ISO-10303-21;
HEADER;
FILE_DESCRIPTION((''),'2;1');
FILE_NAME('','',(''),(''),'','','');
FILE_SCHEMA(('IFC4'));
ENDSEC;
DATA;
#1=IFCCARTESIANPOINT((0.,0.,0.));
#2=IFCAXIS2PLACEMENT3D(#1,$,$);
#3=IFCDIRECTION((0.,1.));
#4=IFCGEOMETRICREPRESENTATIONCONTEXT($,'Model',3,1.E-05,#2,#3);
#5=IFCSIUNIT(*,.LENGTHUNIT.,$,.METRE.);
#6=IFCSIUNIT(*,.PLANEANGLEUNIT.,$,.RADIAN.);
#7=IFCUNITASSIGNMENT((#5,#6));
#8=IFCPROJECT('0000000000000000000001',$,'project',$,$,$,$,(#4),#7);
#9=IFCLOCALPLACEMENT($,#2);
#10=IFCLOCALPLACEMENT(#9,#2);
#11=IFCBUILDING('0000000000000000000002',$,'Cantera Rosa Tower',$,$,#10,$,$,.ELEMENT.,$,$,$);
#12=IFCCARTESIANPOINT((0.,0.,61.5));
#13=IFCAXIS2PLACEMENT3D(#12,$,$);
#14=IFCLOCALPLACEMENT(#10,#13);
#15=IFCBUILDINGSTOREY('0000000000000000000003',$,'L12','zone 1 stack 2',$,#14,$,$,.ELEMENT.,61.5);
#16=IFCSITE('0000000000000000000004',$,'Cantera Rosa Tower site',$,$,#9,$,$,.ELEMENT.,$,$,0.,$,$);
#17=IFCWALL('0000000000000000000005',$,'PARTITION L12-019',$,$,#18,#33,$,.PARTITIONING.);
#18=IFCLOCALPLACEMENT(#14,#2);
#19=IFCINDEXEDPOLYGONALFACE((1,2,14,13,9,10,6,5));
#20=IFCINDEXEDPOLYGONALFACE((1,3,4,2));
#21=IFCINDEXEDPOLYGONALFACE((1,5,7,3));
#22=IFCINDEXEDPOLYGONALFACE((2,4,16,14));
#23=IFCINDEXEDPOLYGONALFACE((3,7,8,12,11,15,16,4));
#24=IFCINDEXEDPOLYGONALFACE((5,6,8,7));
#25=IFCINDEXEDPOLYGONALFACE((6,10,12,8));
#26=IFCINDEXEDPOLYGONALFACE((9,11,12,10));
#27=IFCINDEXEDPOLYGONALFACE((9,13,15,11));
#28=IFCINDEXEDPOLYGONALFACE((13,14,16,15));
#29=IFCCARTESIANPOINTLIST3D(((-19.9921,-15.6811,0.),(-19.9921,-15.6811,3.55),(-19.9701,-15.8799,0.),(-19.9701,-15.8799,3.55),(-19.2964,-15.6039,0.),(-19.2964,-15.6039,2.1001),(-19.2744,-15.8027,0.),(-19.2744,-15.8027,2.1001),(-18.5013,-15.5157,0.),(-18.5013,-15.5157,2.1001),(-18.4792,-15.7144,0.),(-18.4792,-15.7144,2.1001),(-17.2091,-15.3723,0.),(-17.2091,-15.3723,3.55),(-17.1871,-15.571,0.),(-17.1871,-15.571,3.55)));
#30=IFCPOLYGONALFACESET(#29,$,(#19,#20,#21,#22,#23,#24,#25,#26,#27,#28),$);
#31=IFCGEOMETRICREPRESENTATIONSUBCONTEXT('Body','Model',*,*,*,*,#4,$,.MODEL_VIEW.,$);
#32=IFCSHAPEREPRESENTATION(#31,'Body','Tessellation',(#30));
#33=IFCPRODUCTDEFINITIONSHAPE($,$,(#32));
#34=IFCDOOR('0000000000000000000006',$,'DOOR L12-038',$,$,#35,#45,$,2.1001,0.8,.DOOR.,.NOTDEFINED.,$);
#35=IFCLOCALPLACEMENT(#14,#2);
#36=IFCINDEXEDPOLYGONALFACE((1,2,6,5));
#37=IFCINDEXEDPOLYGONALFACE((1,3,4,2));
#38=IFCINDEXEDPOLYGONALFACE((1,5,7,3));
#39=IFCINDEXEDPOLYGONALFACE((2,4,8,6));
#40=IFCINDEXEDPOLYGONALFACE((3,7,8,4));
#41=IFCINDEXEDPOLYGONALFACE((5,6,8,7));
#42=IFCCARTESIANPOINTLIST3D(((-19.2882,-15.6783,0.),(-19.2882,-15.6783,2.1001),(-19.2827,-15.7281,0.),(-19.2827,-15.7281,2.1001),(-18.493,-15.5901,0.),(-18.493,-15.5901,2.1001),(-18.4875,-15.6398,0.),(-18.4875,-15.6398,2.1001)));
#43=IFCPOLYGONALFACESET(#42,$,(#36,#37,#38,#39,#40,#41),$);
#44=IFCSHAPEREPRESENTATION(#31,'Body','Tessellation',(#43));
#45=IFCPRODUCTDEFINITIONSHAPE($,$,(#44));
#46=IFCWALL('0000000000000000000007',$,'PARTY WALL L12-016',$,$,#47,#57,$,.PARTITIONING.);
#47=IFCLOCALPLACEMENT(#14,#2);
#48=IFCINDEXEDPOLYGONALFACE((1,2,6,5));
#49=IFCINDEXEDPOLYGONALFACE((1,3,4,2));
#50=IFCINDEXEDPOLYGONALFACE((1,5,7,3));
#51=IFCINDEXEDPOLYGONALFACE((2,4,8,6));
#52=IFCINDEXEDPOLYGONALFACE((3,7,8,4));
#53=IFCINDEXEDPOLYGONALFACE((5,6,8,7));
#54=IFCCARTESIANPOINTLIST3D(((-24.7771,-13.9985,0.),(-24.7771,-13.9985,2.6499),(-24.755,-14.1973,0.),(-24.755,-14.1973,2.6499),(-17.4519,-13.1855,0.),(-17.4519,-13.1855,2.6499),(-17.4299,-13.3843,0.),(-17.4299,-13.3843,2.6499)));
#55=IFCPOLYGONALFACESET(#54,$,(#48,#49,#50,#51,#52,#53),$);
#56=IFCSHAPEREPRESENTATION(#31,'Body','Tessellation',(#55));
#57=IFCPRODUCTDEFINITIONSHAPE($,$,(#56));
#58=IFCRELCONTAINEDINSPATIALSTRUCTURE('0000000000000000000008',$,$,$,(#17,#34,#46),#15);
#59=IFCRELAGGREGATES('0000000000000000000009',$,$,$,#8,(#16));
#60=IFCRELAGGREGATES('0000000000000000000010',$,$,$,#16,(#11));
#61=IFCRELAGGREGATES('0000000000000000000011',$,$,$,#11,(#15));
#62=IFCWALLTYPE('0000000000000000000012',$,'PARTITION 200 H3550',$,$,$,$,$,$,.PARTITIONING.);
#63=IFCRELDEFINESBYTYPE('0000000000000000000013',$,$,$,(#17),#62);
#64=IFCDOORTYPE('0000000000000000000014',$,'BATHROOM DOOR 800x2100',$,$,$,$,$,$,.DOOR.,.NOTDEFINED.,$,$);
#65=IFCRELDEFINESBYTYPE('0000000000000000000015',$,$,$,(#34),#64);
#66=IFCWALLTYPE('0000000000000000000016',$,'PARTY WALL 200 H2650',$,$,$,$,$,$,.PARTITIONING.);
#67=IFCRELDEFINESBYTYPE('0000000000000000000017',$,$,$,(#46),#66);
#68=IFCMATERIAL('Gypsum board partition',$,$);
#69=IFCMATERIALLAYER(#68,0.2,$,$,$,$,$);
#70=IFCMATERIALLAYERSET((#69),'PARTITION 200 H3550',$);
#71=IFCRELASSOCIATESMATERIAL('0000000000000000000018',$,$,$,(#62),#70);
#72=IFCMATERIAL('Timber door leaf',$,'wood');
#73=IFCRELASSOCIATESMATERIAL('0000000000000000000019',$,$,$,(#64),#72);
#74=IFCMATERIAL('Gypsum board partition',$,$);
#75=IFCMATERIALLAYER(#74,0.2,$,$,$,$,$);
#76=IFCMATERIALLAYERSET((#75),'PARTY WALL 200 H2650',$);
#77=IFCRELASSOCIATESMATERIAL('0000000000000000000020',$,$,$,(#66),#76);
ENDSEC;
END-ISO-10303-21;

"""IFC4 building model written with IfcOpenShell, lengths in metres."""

from ifc_helpers import new_model, si_unit, direction, frame, frame_2d, origin, place, context, subcontext, project, spatial, rectangle, extrude, material, layer, layer_set, type_object, element, fill, save


model = new_model("IFC4")

# Units and contexts
model_context = context("Model", 3, precision=1e-05, world=origin(), true_north=direction((0.0, 1.0)))
body_context = subcontext(model_context, "Body", "Model", "MODEL_VIEW")
ifc_project = project(units=[si_unit("LENGTHUNIT", "METRE"), si_unit("PLANEANGLEUNIT", "RADIAN")], contexts=[model_context])

# Site, building, storey
site_placement = place(None, origin())
site = spatial("IfcSite", under=ifc_project, at=site_placement, Name="Cantera Rosa Tower site", CompositionType="ELEMENT", RefElevation=0.0)
building_placement = place(site_placement, origin())
building = spatial("IfcBuilding", under=site, at=building_placement, Name="Cantera Rosa Tower", CompositionType="ELEMENT")
storey_placement = place(building_placement, frame((0.0, 0.0, 61.5)))
storey = spatial("IfcBuildingStorey", under=building, at=storey_placement, Name="L12", Description="zone 1 stack 2", CompositionType="ELEMENT", Elevation=61.5)

# Shared definitions
ifc_material_1 = material(Name="Gypsum board partition")
ifc_layer_1 = layer(ifc_material_1, 0.2)
ifc_layer_set_1 = layer_set([ifc_layer_1], Name="PARTITION 200 H3550")
wall_type_1 = type_object("IfcWallType", Name="PARTITION 200 H3550", PredefinedType="PARTITIONING", material=ifc_layer_set_1)

# Wall, opening, door
wall_1_placement = place(storey_placement, frame((-17.1982, -15.4717, 0.0), z_axis=(0.0, 0.0, 1.0), x_axis=(-0.993899, -0.110298, 0.0)))
wall_1 = element("IfcWall", 1, at=wall_1_placement, inside=storey, type_object=wall_type_1, Name="PARTITION L12-019", PredefinedType="PARTITIONING", context=body_context, shape_type="SweptSolid", body=[
    extrude(rectangle(XDim=2.8, YDim=0.2, at=frame_2d((1.3999, 0.0))), origin(), (0.0, 0.0, 1.0), 3.55),
])
opening_1_placement = place(wall_1_placement, frame((1.3, 0.0, 0.0)))
opening_1 = element("IfcOpeningElement", 2, at=opening_1_placement, cuts=wall_1, PredefinedType="OPENING", context=body_context, shape_type="SweptSolid", body=[
    extrude(rectangle(XDim=0.8, YDim=2.1001, at=frame_2d((0.3999, 1.05))), frame((0.0, 0.1099, 0.0), z_axis=(0.0, -1.0, 0.0), x_axis=(1.0, 0.0, 0.0)), (0.0, 0.0, 1.0), 0.22),
])
ifc_material_2 = material(Name="Timber door leaf", Category="wood")
door_type_1 = type_object("IfcDoorType", Name="BATHROOM DOOR 800x2100", OperationType="NOTDEFINED", PredefinedType="DOOR", material=ifc_material_2)
door_1_placement = place(opening_1_placement, origin())
door_1 = element("IfcDoor", 3, at=door_1_placement, inside=storey, type_object=door_type_1, Name="DOOR L12-038", OperationType="NOTDEFINED", OverallHeight=2.1001, OverallWidth=0.8, PredefinedType="DOOR", context=body_context, shape_type="SweptSolid", body=[
    extrude(rectangle(XDim=0.8, YDim=2.1001, at=frame_2d((0.3999, 1.05))), frame((0.0, 0.0249, 0.0), z_axis=(0.0, -1.0, 0.0), x_axis=(1.0, 0.0, 0.0)), (0.0, 0.0, 1.0), 0.05),
])
fill(opening_1, door_1)

# Wall
ifc_material_3 = material(Name="Gypsum board partition")
ifc_layer_2 = layer(ifc_material_3, 0.2)
ifc_layer_set_2 = layer_set([ifc_layer_2], Name="PARTY WALL 200 H2650")
wall_type_2 = type_object("IfcWallType", Name="PARTY WALL 200 H2650", PredefinedType="PARTITIONING", material=ifc_layer_set_2)
wall_2_placement = place(storey_placement, frame((-17.4409, -13.2849, 0.0), z_axis=(0.0, 0.0, 1.0), x_axis=(-0.993897, -0.110308, 0.0)))
element("IfcWall", 4, at=wall_2_placement, inside=storey, type_object=wall_type_2, Name="PARTY WALL L12-016", PredefinedType="PARTITIONING", context=body_context, shape_type="SweptSolid", body=[
    extrude(rectangle(XDim=7.3701, YDim=0.2, at=frame_2d((3.6851, 0.0))), origin(), (0.0, 0.0, 1.0), 2.6499),
])

save(model, "model.ifc")
